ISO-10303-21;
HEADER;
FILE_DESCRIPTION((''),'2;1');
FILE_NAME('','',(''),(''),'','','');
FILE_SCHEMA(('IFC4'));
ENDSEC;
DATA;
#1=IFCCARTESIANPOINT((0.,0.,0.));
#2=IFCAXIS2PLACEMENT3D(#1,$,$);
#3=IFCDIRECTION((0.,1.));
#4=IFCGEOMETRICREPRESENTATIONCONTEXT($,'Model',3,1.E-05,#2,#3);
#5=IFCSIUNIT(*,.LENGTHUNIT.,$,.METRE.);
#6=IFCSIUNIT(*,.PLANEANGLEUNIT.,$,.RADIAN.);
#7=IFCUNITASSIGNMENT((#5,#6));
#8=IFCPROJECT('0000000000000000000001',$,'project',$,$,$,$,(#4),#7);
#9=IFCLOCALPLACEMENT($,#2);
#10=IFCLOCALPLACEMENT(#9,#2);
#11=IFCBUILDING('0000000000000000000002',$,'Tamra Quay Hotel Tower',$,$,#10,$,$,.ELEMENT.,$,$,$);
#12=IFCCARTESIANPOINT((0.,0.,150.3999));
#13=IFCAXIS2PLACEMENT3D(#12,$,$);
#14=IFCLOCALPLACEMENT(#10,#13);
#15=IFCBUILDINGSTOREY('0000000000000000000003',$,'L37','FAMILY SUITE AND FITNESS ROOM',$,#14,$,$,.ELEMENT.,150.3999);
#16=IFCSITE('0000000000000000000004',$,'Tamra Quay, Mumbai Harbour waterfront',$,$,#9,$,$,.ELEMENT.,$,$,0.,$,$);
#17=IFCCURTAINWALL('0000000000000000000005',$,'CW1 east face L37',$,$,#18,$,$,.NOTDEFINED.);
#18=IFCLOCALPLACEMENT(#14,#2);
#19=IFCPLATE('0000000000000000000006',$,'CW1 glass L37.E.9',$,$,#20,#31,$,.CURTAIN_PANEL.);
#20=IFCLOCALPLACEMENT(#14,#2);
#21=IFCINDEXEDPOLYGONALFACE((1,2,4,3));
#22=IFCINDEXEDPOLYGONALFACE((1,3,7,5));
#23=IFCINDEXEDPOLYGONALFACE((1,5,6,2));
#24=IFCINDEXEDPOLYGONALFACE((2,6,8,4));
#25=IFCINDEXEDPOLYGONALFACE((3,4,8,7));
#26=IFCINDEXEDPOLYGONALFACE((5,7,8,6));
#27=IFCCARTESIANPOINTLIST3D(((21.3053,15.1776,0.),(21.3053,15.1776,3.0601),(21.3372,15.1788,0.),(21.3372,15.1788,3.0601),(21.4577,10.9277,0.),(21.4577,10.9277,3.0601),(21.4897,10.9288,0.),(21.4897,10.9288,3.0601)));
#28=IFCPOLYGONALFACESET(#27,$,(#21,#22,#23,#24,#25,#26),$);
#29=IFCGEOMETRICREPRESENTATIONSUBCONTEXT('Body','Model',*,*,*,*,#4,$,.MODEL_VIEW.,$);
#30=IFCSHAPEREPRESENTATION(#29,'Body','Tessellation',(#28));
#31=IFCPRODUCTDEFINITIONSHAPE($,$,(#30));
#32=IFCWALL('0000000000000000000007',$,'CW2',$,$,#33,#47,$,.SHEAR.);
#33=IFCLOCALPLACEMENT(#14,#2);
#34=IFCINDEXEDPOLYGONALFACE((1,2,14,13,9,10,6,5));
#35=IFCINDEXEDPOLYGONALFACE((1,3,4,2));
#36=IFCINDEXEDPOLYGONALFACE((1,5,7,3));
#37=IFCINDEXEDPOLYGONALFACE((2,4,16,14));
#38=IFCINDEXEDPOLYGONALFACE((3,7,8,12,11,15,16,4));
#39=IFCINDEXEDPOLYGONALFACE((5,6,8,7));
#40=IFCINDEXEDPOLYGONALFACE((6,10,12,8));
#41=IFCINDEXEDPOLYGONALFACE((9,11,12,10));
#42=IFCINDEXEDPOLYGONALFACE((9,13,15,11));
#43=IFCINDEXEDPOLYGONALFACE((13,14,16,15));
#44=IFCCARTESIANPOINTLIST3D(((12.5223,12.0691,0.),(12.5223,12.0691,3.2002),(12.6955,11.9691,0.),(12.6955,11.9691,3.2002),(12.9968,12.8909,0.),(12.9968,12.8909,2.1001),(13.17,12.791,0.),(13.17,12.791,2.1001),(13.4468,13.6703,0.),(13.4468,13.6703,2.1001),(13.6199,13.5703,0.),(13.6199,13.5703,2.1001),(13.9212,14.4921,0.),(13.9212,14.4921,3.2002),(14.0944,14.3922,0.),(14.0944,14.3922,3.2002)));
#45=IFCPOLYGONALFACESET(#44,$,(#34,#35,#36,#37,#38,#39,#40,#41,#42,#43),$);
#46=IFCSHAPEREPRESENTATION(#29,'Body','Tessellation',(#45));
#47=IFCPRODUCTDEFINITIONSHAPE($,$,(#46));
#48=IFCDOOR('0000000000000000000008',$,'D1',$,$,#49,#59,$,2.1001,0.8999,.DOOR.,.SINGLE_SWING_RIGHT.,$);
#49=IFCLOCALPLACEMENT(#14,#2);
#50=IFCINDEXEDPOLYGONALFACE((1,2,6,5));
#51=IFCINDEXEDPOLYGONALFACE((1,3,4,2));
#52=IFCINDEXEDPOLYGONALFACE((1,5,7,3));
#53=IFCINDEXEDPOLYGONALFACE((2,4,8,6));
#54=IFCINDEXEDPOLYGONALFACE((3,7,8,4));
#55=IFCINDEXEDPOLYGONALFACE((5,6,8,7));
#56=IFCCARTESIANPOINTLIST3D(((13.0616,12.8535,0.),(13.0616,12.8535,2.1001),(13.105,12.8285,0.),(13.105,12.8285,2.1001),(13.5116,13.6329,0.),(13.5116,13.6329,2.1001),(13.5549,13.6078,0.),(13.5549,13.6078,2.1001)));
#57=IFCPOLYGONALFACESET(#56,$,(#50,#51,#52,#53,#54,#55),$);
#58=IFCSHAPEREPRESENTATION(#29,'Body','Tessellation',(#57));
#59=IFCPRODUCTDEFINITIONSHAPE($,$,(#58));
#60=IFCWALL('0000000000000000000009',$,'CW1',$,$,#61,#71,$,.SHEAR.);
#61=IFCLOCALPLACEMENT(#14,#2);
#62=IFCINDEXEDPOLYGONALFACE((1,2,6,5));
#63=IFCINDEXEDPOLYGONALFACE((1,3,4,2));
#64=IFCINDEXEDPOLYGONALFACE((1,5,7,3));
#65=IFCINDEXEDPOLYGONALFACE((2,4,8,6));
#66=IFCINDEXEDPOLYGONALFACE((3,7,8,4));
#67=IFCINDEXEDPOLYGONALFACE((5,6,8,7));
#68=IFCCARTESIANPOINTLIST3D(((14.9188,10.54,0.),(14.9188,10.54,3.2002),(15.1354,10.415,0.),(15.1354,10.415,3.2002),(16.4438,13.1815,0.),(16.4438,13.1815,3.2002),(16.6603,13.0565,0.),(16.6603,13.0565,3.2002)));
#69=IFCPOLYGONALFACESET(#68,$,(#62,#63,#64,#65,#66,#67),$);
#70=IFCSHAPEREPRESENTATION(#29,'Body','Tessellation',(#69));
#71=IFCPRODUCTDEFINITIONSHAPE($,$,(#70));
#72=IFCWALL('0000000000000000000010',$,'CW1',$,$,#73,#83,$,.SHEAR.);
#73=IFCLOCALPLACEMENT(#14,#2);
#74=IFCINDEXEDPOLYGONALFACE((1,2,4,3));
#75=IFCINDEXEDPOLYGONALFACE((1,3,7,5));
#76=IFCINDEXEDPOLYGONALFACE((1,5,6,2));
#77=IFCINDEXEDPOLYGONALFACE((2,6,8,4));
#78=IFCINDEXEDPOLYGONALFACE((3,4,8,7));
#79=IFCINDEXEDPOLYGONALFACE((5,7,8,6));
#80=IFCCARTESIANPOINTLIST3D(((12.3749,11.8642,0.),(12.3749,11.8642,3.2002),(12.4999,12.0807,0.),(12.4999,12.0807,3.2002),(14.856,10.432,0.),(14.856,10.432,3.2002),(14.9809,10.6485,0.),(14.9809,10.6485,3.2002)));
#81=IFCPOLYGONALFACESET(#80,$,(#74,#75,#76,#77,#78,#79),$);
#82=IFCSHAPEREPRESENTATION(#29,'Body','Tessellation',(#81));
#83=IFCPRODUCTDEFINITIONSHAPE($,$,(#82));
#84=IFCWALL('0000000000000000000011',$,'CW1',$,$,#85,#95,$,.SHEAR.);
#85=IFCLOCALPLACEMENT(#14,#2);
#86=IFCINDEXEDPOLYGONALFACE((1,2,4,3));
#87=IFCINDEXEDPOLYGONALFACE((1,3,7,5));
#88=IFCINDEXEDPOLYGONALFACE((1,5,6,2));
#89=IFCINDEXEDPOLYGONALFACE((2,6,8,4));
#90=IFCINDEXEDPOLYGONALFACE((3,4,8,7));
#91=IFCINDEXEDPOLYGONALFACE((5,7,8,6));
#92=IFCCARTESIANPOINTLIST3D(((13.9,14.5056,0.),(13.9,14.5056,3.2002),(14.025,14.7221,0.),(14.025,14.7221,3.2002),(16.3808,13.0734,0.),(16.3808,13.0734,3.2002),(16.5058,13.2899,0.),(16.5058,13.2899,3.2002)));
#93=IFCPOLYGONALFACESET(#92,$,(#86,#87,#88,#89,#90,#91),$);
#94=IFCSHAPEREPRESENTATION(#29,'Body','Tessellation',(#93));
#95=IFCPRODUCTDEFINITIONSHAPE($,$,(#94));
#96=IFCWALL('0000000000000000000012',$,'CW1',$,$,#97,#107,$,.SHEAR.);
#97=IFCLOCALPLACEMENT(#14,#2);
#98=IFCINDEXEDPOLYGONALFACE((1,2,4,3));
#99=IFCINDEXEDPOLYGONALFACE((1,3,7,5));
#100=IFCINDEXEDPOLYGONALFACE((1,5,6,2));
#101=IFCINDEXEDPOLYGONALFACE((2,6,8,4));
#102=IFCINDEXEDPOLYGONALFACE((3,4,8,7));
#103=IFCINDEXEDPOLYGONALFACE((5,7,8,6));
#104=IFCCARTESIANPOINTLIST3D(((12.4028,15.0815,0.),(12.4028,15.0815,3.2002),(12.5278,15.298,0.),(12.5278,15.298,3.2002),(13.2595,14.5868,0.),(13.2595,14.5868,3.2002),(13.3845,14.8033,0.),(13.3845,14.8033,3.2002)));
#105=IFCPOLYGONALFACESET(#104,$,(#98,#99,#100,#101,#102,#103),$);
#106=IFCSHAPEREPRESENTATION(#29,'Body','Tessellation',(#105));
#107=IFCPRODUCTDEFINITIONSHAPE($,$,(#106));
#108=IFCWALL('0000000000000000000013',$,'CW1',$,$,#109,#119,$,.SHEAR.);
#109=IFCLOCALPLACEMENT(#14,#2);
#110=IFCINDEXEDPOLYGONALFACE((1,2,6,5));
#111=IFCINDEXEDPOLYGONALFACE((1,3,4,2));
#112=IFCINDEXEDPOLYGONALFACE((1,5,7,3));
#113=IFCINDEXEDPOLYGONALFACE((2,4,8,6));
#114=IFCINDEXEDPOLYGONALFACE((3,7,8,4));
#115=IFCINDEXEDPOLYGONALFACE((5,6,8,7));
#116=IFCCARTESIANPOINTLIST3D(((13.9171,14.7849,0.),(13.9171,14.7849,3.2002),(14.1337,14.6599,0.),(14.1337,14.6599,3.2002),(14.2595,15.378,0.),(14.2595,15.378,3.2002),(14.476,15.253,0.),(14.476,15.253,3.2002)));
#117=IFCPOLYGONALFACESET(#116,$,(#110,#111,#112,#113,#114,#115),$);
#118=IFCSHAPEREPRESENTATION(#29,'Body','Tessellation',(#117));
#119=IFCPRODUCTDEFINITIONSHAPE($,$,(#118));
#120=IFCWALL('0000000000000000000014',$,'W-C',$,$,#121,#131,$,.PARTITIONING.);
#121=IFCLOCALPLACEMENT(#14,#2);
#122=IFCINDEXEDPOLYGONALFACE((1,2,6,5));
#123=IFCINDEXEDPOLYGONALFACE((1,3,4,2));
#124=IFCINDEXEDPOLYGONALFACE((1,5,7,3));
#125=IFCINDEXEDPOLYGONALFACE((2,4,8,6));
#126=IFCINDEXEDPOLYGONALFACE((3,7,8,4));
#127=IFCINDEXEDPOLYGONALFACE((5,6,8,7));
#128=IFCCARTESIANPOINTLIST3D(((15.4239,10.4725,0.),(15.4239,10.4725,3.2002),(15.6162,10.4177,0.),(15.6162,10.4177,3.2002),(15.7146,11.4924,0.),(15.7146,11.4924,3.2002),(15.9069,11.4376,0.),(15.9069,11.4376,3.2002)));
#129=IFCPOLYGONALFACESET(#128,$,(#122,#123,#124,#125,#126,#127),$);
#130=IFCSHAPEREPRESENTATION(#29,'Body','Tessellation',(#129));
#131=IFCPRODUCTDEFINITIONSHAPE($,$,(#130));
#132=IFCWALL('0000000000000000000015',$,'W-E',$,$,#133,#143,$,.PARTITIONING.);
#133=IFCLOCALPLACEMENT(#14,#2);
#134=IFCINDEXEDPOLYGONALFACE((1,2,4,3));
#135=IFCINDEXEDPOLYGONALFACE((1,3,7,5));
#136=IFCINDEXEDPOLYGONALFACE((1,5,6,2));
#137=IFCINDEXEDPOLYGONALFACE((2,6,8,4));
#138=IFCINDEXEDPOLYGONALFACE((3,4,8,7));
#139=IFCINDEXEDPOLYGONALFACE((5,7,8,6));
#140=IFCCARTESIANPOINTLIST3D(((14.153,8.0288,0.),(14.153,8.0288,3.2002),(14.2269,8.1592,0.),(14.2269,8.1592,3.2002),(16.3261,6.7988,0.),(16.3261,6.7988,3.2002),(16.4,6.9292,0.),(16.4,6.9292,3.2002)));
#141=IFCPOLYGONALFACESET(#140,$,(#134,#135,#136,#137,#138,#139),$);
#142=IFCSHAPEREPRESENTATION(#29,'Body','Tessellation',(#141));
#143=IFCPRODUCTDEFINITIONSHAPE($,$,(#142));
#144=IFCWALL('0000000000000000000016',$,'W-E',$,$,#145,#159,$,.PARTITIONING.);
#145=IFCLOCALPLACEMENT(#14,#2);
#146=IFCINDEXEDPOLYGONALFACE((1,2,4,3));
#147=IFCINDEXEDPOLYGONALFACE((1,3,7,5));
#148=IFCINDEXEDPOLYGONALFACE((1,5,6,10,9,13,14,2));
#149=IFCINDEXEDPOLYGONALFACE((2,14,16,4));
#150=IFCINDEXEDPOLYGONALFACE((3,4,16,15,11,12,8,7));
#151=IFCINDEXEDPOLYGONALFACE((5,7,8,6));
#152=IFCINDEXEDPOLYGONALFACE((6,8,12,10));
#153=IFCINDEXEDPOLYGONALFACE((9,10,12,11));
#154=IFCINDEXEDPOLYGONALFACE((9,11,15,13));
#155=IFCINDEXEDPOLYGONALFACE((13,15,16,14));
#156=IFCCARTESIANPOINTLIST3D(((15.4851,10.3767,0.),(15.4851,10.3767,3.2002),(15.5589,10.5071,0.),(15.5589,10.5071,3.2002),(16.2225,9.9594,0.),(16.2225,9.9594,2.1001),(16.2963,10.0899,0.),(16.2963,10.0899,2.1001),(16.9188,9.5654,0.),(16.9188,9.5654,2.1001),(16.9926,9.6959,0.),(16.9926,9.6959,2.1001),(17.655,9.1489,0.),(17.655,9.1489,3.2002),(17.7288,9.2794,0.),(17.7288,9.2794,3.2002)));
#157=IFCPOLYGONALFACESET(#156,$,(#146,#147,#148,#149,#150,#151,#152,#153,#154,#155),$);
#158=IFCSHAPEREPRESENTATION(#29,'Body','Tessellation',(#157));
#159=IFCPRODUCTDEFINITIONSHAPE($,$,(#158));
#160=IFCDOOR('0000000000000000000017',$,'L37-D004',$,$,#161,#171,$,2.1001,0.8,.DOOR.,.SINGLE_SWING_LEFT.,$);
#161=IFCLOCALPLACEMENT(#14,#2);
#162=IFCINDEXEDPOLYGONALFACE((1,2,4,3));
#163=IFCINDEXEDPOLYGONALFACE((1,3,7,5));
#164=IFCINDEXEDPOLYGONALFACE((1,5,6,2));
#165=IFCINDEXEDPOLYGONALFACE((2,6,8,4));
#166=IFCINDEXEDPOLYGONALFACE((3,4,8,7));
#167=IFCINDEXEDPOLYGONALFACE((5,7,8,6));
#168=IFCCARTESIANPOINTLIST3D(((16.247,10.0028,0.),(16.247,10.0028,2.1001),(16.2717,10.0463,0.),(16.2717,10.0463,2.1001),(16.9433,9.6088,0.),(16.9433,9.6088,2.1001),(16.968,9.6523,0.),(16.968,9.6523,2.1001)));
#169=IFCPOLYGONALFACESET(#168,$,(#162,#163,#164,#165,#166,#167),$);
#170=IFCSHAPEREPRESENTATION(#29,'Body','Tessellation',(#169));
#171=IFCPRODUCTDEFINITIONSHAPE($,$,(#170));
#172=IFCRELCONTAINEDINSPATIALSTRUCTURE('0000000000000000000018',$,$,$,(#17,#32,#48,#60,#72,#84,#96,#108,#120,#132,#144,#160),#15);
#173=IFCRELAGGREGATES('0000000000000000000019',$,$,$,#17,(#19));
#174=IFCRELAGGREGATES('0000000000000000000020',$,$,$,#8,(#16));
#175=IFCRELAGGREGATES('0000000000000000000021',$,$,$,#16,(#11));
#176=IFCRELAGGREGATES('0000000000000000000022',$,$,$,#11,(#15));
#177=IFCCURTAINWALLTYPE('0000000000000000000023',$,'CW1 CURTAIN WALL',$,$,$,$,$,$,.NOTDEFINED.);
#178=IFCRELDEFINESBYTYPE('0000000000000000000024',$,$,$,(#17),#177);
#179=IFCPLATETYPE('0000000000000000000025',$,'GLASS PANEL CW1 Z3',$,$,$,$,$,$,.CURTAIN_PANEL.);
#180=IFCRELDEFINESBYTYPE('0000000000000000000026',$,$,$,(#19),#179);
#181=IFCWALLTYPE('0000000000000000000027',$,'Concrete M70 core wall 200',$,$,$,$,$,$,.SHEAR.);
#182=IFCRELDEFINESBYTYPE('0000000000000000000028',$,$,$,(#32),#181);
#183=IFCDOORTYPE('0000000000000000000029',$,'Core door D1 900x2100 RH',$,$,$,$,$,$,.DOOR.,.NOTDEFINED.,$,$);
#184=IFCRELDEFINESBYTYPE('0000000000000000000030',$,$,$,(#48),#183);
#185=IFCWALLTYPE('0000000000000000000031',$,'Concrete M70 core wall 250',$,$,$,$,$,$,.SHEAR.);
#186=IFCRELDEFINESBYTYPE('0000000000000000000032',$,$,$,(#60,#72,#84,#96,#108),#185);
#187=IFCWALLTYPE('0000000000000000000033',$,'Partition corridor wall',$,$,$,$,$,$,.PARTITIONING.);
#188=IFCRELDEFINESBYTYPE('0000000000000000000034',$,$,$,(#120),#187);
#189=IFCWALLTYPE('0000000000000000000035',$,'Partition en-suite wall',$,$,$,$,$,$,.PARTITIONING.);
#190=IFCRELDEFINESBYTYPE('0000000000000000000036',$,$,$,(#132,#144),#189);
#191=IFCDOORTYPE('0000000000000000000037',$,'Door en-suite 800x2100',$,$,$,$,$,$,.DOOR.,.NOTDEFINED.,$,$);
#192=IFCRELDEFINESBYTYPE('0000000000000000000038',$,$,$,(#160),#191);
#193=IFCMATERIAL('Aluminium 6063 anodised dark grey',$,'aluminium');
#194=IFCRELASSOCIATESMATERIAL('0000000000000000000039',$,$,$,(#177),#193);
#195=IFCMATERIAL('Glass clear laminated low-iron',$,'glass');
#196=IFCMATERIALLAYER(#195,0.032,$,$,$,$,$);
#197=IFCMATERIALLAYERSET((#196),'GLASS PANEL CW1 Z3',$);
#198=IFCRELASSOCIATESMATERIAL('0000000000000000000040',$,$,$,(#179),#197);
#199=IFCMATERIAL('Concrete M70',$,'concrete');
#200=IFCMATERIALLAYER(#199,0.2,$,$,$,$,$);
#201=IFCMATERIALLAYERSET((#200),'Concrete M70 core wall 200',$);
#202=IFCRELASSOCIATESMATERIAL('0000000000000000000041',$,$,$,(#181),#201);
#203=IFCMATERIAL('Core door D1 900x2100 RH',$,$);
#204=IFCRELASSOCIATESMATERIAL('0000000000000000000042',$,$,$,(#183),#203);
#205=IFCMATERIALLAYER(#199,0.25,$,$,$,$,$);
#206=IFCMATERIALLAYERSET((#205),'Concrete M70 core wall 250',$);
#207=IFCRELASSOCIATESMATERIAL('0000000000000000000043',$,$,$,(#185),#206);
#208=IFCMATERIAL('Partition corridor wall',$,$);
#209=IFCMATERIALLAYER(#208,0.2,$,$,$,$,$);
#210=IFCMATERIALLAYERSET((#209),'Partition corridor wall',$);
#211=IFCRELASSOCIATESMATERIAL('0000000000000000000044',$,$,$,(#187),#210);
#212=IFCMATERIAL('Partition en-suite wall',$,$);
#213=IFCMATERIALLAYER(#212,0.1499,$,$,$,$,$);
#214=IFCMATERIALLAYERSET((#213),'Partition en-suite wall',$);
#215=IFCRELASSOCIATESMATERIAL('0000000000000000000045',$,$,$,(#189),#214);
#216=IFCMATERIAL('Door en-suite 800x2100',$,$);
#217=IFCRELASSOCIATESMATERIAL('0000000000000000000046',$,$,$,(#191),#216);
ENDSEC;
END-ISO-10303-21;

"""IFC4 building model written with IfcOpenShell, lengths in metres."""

from ifc_helpers import new_model, si_unit, direction, frame, frame_2d, origin, origin_2d, place, context, subcontext, project, spatial, rectangle, extrude, material, layer, layer_set, type_object, element, fill, aggregate, save


model = new_model("IFC4")

# Units and contexts
model_context = context("Model", 3, precision=1e-05, world=origin(), true_north=direction((0.0, 1.0)))
body_context = subcontext(model_context, "Body", "Model", "MODEL_VIEW")
ifc_project = project(units=[si_unit("LENGTHUNIT", "METRE"), si_unit("PLANEANGLEUNIT", "RADIAN")], contexts=[model_context])

# Site, building, storey
site_placement = place(None, origin())
site = spatial("IfcSite", under=ifc_project, at=site_placement, Name="Tamra Quay, Mumbai Harbour waterfront", CompositionType="ELEMENT", RefElevation=0.0)
building_placement = place(site_placement, origin())
building = spatial("IfcBuilding", under=site, at=building_placement, Name="Tamra Quay Hotel Tower", CompositionType="ELEMENT")
storey_placement = place(building_placement, frame((0.0, 0.0, 150.3999)))
storey = spatial("IfcBuildingStorey", under=building, at=storey_placement, Name="L37", Description="FAMILY SUITE AND FITNESS ROOM", CompositionType="ELEMENT", Elevation=150.3999)

# Shared definitions
ifc_material_1 = material(Name="Concrete M70", Category="concrete")

# Curtain wall
ifc_material_2 = material(Name="Aluminium 6063 anodised dark grey", Category="aluminium")
curtain_wall_type = type_object("IfcCurtainWallType", Name="CW1 CURTAIN WALL", PredefinedType="NOTDEFINED", material=ifc_material_2)
curtain_wall_placement = place(storey_placement, origin())
curtain_wall = element("IfcCurtainWall", 1, at=curtain_wall_placement, inside=storey, type_object=curtain_wall_type, Name="CW1 east face L37", PredefinedType="NOTDEFINED")

# Plate
ifc_material_3 = material(Name="Glass clear laminated low-iron", Category="glass")
ifc_layer_1 = layer(ifc_material_3, 0.032)
ifc_layer_set_1 = layer_set([ifc_layer_1], Name="GLASS PANEL CW1 Z3")
plate_type = type_object("IfcPlateType", Name="GLASS PANEL CW1 Z3", PredefinedType="CURTAIN_PANEL", material=ifc_layer_set_1)
plate_1_placement = place(storey_placement, frame((21.3975, 13.0532, 0.0), z_axis=(0.0, 0.0, 1.0), x_axis=(-0.035845, 0.999357, 0.0)))
plate_1 = element("IfcPlate", 2, at=plate_1_placement, type_object=plate_type, Name="CW1 glass L37.E.9", PredefinedType="CURTAIN_PANEL", context=body_context, shape_type="SweptSolid", body=[
    extrude(rectangle(XDim=4.2527, YDim=0.032, at=origin_2d()), origin(), (0.0, 0.0, 1.0), 3.0601),
])
aggregate(curtain_wall, [plate_1])

# Wall, opening, door
ifc_layer_2 = layer(ifc_material_1, 0.2)
ifc_layer_set_2 = layer_set([ifc_layer_2], Name="Concrete M70 core wall 200")
wall_type_1 = type_object("IfcWallType", Name="Concrete M70 core wall 200", PredefinedType="SHEAR", material=ifc_layer_set_2)
wall_1_placement = place(storey_placement, frame((14.0078, 14.4421, 0.0), z_axis=(0.0, 0.0, 1.0), x_axis=(-0.499987, -0.866033, 0.0)))
wall_1 = element("IfcWall", 3, at=wall_1_placement, inside=storey, type_object=wall_type_1, Name="CW2", PredefinedType="SHEAR", context=body_context, shape_type="SweptSolid", body=[
    extrude(rectangle(XDim=2.7979, YDim=0.2, at=frame_2d((1.3989, 0.0))), origin(), (0.0, 0.0, 1.0), 3.2002),
])
opening_1_placement = place(wall_1_placement, frame((0.949, 0.0, 0.0)))
opening_1 = element("IfcOpeningElement", 4, at=opening_1_placement, cuts=wall_1, PredefinedType="OPENING", context=body_context, shape_type="SweptSolid", body=[
    extrude(rectangle(XDim=0.8999, YDim=2.1001, at=frame_2d((0.45, 1.05))), frame((0.0, 0.1099, 0.0), z_axis=(0.0, -1.0, 0.0), x_axis=(1.0, 0.0, 0.0)), (0.0, 0.0, 1.0), 0.22),
])
ifc_material_4 = material(Name="Core door D1 900x2100 RH")
door_type_1 = type_object("IfcDoorType", Name="Core door D1 900x2100 RH", OperationType="NOTDEFINED", PredefinedType="DOOR", material=ifc_material_4)
door_1_placement = place(opening_1_placement, origin())
door_1 = element("IfcDoor", 5, at=door_1_placement, inside=storey, type_object=door_type_1, Name="D1", OperationType="SINGLE_SWING_RIGHT", OverallHeight=2.1001, OverallWidth=0.8999, PredefinedType="DOOR", context=body_context, shape_type="SweptSolid", body=[
    extrude(rectangle(XDim=0.8999, YDim=2.1001, at=frame_2d((0.45, 1.05))), frame((0.0, 0.0249, 0.0), z_axis=(0.0, -1.0, 0.0), x_axis=(1.0, 0.0, 0.0)), (0.0, 0.0, 1.0), 0.05),
])
fill(opening_1, door_1)

# Walls
ifc_layer_3 = layer(ifc_material_1, 0.25)
ifc_layer_set_3 = layer_set([ifc_layer_3], Name="Concrete M70 core wall 250")
wall_type_2 = type_object("IfcWallType", Name="Concrete M70 core wall 250", PredefinedType="SHEAR", material=ifc_layer_set_3)
wall_2_placement = place(storey_placement, frame((16.552, 13.1189, 0.0), z_axis=(0.0, 0.0, 1.0), x_axis=(-0.499979, -0.866038, 0.0)))
element("IfcWall", 6, at=wall_2_placement, inside=storey, type_object=wall_type_2, Name="CW1", PredefinedType="SHEAR", context=body_context, shape_type="SweptSolid", body=[
    extrude(rectangle(XDim=3.05, YDim=0.25, at=frame_2d((1.5249, 0.0))), origin(), (0.0, 0.0, 1.0), 3.2002),
])
wall_3_placement = place(storey_placement, frame((14.9185, 10.5403, 0.0), z_axis=(0.0, 0.0, 1.0), x_axis=(-0.866064, 0.499934, 0.0)))
element("IfcWall", 7, at=wall_3_placement, inside=storey, type_object=wall_type_2, Name="CW1", PredefinedType="SHEAR", context=body_context, shape_type="SweptSolid", body=[
    extrude(rectangle(XDim=2.8647, YDim=0.25, at=frame_2d((1.4324, 0.0))), origin(), (0.0, 0.0, 1.0), 3.2002),
])
wall_4_placement = place(storey_placement, frame((13.9626, 14.6138, 0.0), z_axis=(0.0, 0.0, 1.0), x_axis=(0.866042, -0.499971, 0.0)))
element("IfcWall", 8, at=wall_4_placement, inside=storey, type_object=wall_type_2, Name="CW1", PredefinedType="SHEAR", context=body_context, shape_type="SweptSolid", body=[
    extrude(rectangle(XDim=2.8645, YDim=0.25, at=frame_2d((1.4321, 0.0))), origin(), (0.0, 0.0, 1.0), 3.2002),
])
wall_5_placement = place(storey_placement, frame((13.322, 14.6951, 0.0), z_axis=(0.0, 0.0, 1.0), x_axis=(-0.866017, 0.500014, 0.0)))
element("IfcWall", 9, at=wall_5_placement, inside=storey, type_object=wall_type_2, Name="CW1", PredefinedType="SHEAR", context=body_context, shape_type="SweptSolid", body=[
    extrude(rectangle(XDim=0.9893, YDim=0.25, at=frame_2d((0.4946, 0.0))), origin(), (0.0, 0.0, 1.0), 3.2002),
])
wall_6_placement = place(storey_placement, frame((14.3677, 15.3154, 0.0), z_axis=(0.0, 0.0, 1.0), x_axis=(-0.499897, -0.866085, 0.0)))
element("IfcWall", 10, at=wall_6_placement, inside=storey, type_object=wall_type_2, Name="CW1", PredefinedType="SHEAR", context=body_context, shape_type="SweptSolid", body=[
    extrude(rectangle(XDim=0.6848, YDim=0.25, at=frame_2d((0.3423, 0.0))), origin(), (0.0, 0.0, 1.0), 3.2002),
])
ifc_material_5 = material(Name="Partition corridor wall")
ifc_layer_4 = layer(ifc_material_5, 0.2)
ifc_layer_set_4 = layer_set([ifc_layer_4], Name="Partition corridor wall")
wall_type_3 = type_object("IfcWallType", Name="Partition corridor wall", PredefinedType="PARTITIONING", material=ifc_layer_set_4)
wall_7_placement = place(storey_placement, frame((15.52, 10.4451, 0.0), z_axis=(0.0, 0.0, 1.0), x_axis=(0.274143, 0.961689, 0.0)))
element("IfcWall", 11, at=wall_7_placement, inside=storey, type_object=wall_type_3, Name="W-C", PredefinedType="PARTITIONING", context=body_context, shape_type="SweptSolid", body=[
    extrude(rectangle(XDim=1.0605, YDim=0.2, at=frame_2d((0.5303, 0.0))), origin(), (0.0, 0.0, 1.0), 3.2002),
])
ifc_material_6 = material(Name="Partition en-suite wall")
ifc_layer_5 = layer(ifc_material_6, 0.1499)
ifc_layer_set_5 = layer_set([ifc_layer_5], Name="Partition en-suite wall")
wall_type_4 = type_object("IfcWallType", Name="Partition en-suite wall", PredefinedType="PARTITIONING", material=ifc_layer_set_5)
wall_8_placement = place(storey_placement, frame((14.1899, 8.094, 0.0), z_axis=(0.0, 0.0, 1.0), x_axis=(0.87027, -0.492576, 0.0)))
element("IfcWall", 12, at=wall_8_placement, inside=storey, type_object=wall_type_4, Name="W-E", PredefinedType="PARTITIONING", context=body_context, shape_type="SweptSolid", body=[
    extrude(rectangle(XDim=2.4971, YDim=0.1499, at=frame_2d((1.2485, 0.0))), origin(), (0.0, 0.0, 1.0), 3.2002),
])

# Wall, opening, door
wall_9_placement = place(storey_placement, frame((15.522, 10.4419, 0.0), z_axis=(0.0, 0.0, 1.0), x_axis=(0.870338, -0.492454, 0.0)))
wall_9 = element("IfcWall", 13, at=wall_9_placement, inside=storey, type_object=wall_type_4, Name="W-E", PredefinedType="PARTITIONING", context=body_context, shape_type="SweptSolid", body=[
    extrude(rectangle(XDim=2.4932, YDim=0.1499, at=frame_2d((1.2466, 0.0))), origin(), (0.0, 0.0, 1.0), 3.2002),
])
opening_2_placement = place(wall_9_placement, frame((0.8474, 0.0, 0.0)))
opening_2 = element("IfcOpeningElement", 14, at=opening_2_placement, cuts=wall_9, PredefinedType="OPENING", context=body_context, shape_type="SweptSolid", body=[
    extrude(rectangle(XDim=0.8, YDim=2.1001, at=frame_2d((0.3999, 1.05))), frame((0.0, 0.085, 0.0), z_axis=(0.0, -1.0, 0.0), x_axis=(1.0, 0.0, 0.0)), (0.0, 0.0, 1.0), 0.1699),
])
ifc_material_7 = material(Name="Door en-suite 800x2100")
door_type_2 = type_object("IfcDoorType", Name="Door en-suite 800x2100", OperationType="NOTDEFINED", PredefinedType="DOOR", material=ifc_material_7)
door_2_placement = place(opening_2_placement, origin())
door_2 = element("IfcDoor", 15, at=door_2_placement, inside=storey, type_object=door_type_2, Name="L37-D004", OperationType="SINGLE_SWING_LEFT", OverallHeight=2.1001, OverallWidth=0.8, PredefinedType="DOOR", context=body_context, shape_type="SweptSolid", body=[
    extrude(rectangle(XDim=0.8, YDim=2.1001, at=frame_2d((0.3999, 1.05))), frame((0.0, 0.0249, 0.0), z_axis=(0.0, -1.0, 0.0), x_axis=(1.0, 0.0, 0.0)), (0.0, 0.0, 1.0), 0.05),
])
fill(opening_2, door_2)

save(model, "model.ifc")
